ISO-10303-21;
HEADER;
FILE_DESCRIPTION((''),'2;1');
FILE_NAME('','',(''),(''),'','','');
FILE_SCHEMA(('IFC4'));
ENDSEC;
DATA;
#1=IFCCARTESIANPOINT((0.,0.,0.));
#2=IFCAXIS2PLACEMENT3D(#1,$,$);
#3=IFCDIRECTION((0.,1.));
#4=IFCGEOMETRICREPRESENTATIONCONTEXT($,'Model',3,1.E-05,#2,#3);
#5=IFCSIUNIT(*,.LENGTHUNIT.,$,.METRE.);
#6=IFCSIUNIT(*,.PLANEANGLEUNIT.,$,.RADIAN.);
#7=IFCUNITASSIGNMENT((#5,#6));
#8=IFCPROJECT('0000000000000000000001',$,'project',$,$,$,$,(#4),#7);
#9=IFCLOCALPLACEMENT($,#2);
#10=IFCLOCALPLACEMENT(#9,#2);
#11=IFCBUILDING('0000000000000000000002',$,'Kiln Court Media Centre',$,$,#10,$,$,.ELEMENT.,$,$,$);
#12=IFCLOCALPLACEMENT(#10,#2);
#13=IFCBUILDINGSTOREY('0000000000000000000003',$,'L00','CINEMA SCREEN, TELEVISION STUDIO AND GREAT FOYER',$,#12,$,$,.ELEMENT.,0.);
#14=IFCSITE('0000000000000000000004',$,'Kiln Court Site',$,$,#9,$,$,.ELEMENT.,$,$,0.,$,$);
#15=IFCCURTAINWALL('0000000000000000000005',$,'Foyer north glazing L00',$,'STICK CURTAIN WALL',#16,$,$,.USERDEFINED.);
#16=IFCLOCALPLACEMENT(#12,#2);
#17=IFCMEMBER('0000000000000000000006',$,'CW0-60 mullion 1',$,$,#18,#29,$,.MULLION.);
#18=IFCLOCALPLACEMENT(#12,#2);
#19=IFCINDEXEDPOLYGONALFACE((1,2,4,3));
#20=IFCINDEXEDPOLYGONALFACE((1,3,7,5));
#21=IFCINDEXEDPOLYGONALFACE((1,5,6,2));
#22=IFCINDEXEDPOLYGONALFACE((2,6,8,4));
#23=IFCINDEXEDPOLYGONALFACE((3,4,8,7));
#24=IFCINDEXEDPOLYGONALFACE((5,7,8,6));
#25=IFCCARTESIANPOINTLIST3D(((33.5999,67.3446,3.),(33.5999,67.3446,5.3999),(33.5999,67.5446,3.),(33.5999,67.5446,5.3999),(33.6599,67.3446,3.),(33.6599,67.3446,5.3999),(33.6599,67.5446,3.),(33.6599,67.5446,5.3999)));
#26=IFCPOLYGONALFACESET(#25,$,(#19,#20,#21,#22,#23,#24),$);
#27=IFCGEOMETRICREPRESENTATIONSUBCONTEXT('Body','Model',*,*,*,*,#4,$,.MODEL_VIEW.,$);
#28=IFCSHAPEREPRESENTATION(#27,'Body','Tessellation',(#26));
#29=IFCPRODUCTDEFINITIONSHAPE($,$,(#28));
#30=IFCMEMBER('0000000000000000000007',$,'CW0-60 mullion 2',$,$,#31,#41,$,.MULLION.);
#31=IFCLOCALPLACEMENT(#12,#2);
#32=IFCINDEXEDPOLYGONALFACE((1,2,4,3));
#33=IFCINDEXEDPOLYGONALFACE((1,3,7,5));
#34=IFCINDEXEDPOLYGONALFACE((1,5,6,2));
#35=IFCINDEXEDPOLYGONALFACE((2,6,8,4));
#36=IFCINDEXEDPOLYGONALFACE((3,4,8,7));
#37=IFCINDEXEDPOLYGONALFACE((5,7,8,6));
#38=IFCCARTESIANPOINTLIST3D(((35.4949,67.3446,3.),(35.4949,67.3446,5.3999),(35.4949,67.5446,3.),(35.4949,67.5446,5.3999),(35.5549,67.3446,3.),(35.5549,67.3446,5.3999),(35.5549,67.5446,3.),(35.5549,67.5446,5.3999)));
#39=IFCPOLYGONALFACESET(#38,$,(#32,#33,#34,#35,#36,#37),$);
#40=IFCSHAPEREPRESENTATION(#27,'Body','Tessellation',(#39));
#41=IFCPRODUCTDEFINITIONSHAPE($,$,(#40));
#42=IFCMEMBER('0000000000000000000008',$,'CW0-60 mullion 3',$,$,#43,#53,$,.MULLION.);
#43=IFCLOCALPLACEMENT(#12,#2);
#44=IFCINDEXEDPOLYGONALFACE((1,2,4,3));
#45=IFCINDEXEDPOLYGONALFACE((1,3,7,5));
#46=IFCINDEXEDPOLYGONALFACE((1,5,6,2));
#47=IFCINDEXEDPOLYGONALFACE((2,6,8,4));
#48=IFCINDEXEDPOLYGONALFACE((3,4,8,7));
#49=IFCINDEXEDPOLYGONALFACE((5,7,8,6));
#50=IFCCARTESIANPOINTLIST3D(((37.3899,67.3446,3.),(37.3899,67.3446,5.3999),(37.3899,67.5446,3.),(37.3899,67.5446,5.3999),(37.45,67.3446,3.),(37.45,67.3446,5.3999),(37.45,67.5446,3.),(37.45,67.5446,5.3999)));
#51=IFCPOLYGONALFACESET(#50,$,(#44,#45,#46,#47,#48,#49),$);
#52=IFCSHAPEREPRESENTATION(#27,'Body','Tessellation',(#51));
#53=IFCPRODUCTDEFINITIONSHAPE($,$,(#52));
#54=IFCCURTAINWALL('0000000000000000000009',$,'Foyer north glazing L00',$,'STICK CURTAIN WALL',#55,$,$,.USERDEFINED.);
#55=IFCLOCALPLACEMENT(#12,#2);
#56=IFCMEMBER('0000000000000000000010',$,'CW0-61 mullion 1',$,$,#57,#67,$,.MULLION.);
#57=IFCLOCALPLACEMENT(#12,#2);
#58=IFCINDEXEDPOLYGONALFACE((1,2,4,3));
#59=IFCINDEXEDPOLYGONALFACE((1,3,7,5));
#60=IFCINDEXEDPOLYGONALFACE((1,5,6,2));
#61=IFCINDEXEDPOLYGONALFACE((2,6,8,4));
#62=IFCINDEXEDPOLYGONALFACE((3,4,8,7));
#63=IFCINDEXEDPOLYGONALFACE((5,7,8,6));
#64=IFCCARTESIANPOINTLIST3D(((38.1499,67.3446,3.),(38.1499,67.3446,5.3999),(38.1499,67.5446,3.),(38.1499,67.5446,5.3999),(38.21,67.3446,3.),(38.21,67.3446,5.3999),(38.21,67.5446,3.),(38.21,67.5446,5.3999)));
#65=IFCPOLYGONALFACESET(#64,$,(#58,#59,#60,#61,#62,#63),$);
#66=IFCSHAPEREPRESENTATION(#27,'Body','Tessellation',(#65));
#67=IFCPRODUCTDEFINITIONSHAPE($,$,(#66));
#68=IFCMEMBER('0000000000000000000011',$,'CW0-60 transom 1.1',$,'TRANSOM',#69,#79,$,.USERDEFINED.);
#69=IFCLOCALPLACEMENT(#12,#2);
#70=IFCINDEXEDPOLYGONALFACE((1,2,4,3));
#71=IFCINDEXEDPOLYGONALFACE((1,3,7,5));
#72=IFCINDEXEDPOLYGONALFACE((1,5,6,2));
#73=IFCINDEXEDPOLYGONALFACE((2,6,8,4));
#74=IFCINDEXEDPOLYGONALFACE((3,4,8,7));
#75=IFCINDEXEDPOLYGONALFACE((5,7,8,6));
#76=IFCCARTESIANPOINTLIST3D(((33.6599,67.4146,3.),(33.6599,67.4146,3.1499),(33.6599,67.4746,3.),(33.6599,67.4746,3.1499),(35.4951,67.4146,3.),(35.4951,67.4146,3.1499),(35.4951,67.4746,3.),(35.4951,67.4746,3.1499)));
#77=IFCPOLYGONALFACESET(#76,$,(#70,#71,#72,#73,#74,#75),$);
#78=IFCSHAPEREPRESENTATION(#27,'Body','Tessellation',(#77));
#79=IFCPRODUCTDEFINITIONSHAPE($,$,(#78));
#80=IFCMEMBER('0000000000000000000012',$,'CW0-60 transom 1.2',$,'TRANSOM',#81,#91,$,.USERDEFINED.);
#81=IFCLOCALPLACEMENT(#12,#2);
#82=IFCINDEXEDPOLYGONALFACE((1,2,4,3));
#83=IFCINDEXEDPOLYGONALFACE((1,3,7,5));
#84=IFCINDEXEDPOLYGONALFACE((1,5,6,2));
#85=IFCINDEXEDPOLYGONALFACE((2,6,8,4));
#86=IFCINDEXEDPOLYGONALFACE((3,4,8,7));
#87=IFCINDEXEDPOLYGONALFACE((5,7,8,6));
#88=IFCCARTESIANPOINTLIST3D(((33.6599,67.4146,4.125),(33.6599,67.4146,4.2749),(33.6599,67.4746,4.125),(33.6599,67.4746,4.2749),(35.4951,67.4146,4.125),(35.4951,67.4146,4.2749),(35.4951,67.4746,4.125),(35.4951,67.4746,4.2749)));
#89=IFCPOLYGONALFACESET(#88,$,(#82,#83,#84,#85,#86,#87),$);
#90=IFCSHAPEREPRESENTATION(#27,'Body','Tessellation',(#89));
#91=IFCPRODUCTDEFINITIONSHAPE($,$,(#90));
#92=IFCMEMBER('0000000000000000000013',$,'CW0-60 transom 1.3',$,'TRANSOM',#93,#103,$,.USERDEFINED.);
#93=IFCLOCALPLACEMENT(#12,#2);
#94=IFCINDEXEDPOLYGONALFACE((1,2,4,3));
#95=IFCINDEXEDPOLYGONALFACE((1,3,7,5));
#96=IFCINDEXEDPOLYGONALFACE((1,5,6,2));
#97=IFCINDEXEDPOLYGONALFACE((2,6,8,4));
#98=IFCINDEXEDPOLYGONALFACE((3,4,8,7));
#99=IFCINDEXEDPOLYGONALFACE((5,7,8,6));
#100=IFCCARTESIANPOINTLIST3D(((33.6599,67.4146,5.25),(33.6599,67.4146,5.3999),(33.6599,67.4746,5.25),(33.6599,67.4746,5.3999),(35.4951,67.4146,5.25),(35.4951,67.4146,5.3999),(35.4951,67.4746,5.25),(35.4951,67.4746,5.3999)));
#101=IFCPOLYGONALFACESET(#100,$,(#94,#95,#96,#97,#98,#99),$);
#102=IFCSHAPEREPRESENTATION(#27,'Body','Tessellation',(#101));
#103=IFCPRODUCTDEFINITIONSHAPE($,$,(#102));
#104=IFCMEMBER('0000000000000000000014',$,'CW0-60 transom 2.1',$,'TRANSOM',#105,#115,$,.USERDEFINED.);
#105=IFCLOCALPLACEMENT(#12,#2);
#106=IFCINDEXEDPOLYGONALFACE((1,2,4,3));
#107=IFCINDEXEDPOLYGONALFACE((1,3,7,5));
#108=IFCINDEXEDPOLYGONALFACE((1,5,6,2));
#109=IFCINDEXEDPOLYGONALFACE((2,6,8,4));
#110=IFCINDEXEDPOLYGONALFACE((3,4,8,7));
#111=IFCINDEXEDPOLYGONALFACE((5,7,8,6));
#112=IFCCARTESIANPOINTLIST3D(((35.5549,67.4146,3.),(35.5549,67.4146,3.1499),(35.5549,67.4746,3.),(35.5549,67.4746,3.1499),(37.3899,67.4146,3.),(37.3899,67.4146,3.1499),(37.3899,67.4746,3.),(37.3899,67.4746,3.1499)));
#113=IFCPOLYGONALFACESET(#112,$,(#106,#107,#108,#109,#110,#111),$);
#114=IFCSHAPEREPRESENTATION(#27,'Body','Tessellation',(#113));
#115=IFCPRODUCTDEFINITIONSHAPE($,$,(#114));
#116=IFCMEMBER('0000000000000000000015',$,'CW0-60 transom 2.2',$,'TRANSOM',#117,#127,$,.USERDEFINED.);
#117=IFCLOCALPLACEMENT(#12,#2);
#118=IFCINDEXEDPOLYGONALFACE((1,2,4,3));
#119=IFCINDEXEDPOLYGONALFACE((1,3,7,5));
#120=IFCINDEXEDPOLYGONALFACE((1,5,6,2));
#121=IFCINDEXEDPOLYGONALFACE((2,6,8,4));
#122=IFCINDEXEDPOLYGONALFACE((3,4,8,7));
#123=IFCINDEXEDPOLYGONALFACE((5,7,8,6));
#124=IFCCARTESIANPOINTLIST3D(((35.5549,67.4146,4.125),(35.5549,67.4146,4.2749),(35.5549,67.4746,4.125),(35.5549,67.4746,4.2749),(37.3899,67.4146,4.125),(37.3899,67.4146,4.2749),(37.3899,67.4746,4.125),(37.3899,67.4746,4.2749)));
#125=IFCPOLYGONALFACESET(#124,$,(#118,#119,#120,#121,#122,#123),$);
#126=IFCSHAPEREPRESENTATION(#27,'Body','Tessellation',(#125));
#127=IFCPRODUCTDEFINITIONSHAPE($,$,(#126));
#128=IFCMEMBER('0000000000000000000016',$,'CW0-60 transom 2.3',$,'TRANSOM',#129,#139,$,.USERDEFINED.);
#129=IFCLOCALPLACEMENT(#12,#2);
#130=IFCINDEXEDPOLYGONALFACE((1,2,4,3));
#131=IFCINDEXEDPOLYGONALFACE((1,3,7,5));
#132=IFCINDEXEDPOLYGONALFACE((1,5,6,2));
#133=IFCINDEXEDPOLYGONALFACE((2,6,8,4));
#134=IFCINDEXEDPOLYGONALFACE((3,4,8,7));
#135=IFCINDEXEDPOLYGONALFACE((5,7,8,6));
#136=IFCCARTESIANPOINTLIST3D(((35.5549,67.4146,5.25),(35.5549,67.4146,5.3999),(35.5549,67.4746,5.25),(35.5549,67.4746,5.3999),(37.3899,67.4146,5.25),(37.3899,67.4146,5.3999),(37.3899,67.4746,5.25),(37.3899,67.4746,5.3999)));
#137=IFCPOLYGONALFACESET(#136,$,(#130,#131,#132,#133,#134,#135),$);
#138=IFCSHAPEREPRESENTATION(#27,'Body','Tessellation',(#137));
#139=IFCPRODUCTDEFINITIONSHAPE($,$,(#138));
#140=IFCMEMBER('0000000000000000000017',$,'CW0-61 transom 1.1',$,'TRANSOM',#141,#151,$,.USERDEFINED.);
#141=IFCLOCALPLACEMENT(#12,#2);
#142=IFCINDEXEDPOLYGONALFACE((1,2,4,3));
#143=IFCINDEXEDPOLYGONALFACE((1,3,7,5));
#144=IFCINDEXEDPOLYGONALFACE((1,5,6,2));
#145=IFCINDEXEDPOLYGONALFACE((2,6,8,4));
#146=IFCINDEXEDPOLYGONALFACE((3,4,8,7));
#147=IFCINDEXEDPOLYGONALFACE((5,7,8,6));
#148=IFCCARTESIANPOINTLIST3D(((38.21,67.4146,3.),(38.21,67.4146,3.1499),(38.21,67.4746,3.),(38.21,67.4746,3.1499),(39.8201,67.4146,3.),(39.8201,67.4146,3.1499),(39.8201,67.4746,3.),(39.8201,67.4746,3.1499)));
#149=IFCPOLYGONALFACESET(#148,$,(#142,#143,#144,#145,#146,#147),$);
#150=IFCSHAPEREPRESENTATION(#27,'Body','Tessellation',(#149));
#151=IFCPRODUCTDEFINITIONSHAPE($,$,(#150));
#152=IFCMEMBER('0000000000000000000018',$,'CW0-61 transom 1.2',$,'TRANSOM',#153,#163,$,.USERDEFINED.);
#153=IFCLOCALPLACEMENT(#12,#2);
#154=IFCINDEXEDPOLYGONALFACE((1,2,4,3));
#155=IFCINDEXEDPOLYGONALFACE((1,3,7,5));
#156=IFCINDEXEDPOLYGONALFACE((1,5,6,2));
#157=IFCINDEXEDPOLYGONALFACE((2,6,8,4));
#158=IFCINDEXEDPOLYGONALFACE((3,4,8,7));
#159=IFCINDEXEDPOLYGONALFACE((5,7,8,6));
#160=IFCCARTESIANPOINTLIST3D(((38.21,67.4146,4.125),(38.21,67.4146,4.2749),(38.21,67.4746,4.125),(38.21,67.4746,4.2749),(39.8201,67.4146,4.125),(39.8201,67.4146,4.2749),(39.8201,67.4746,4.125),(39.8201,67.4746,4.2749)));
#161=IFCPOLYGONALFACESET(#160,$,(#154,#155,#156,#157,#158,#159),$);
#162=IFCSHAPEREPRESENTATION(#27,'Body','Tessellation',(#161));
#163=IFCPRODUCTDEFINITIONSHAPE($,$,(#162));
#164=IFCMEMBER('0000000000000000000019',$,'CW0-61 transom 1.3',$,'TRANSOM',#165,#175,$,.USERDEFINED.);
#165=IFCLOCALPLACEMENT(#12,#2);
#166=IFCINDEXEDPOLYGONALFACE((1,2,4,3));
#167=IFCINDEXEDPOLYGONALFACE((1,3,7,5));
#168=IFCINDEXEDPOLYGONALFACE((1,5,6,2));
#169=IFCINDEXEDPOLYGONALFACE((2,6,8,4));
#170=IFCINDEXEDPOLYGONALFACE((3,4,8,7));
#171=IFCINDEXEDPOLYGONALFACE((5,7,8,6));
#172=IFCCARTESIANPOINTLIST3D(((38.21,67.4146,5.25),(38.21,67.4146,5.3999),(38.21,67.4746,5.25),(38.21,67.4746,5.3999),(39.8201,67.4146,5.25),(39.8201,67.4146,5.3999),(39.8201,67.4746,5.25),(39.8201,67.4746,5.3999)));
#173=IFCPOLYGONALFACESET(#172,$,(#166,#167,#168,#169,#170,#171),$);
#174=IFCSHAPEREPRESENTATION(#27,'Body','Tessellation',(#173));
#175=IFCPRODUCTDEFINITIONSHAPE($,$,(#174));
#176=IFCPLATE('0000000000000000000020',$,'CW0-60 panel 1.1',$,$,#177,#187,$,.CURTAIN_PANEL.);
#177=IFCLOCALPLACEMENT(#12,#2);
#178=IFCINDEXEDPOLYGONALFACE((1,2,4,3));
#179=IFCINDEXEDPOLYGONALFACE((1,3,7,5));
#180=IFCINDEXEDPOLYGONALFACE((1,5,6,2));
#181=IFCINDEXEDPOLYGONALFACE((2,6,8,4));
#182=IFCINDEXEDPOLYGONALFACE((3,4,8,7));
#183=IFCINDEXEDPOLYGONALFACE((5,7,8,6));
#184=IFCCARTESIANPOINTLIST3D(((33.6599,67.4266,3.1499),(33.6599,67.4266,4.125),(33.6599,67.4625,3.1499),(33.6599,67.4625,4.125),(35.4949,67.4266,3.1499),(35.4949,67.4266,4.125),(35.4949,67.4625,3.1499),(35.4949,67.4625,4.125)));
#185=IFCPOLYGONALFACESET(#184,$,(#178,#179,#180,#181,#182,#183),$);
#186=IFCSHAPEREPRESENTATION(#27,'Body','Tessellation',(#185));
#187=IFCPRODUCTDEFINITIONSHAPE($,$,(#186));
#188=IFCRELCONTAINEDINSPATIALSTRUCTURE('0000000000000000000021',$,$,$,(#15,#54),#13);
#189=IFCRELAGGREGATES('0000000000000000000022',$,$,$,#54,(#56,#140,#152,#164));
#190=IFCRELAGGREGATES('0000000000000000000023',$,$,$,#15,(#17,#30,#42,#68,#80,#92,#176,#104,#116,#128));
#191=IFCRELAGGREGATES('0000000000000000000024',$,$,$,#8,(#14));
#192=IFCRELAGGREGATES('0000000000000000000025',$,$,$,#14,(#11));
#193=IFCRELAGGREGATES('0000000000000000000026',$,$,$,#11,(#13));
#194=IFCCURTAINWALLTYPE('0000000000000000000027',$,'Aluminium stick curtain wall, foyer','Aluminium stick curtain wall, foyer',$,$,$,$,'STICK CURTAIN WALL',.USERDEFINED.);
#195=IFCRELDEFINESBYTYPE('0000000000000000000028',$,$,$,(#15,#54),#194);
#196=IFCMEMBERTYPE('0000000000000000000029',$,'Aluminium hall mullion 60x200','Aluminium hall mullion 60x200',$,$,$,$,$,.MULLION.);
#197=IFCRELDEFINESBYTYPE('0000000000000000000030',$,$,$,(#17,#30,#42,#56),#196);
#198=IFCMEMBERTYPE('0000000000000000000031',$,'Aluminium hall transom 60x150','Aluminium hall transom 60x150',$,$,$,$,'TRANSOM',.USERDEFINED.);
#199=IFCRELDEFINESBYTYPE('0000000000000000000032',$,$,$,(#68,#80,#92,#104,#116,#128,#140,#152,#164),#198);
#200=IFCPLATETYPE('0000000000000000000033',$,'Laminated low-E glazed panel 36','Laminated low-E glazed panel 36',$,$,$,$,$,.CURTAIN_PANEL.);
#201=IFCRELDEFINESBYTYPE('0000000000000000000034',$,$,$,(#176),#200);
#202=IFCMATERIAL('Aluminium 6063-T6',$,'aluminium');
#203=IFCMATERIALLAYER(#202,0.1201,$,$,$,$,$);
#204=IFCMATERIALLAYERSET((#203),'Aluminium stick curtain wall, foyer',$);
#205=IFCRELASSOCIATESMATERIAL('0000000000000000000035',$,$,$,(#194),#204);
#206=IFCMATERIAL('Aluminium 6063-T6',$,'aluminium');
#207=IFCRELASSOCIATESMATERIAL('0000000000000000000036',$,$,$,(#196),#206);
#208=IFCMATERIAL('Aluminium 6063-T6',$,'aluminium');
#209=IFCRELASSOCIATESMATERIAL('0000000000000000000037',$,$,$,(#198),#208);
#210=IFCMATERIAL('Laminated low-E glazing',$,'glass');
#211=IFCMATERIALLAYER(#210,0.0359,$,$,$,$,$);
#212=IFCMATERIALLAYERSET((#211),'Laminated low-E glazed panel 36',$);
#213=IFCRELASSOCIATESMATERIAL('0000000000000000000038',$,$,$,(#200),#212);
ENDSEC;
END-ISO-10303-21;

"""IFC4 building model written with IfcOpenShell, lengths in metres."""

from ifc_helpers import new_model, si_unit, direction, frame, origin, origin_2d, place, context, subcontext, project, spatial, rectangle, extrude, material, layer, layer_set, material_profile, profile_set, type_object, element, aggregate, save


model = new_model("IFC4")

# Units and contexts
model_context = context("Model", 3, precision=1e-05, world=origin(), true_north=direction((0.0, 1.0)))
body_context = subcontext(model_context, "Body", "Model", "MODEL_VIEW")
ifc_project = project(units=[si_unit("LENGTHUNIT", "METRE"), si_unit("PLANEANGLEUNIT", "RADIAN")], contexts=[model_context])

# Site, building, storey
site_placement = place(None, origin())
site = spatial("IfcSite", under=ifc_project, at=site_placement, Name="Kiln Court Site", CompositionType="ELEMENT", RefElevation=0.0)
building_placement = place(site_placement, origin())
building = spatial("IfcBuilding", under=site, at=building_placement, Name="Kiln Court Media Centre", CompositionType="ELEMENT")
storey_placement = place(building_placement, origin())
storey = spatial("IfcBuildingStorey", under=building, at=storey_placement, Name="L00", Description="CINEMA SCREEN, TELEVISION STUDIO AND GREAT FOYER", CompositionType="ELEMENT", Elevation=0.0)

# Curtain wall, members
ifc_material_1 = material(Name="Aluminium 6063-T6", Category="aluminium")
ifc_layer_1 = layer(ifc_material_1, 0.1201)
ifc_layer_set_1 = layer_set([ifc_layer_1], Name="Aluminium stick curtain wall, foyer")
curtain_wall_type = type_object("IfcCurtainWallType", Name="Aluminium stick curtain wall, foyer", Description="Aluminium stick curtain wall, foyer", ElementType="STICK CURTAIN WALL", PredefinedType="USERDEFINED", material=ifc_layer_set_1)
curtain_wall_1_placement = place(storey_placement, origin())
curtain_wall_1 = element("IfcCurtainWall", 1, at=curtain_wall_1_placement, inside=storey, type_object=curtain_wall_type, Name="Foyer north glazing L00", ObjectType="STICK CURTAIN WALL", PredefinedType="USERDEFINED")
ifc_material_2 = material(Name="Aluminium 6063-T6", Category="aluminium")
ifc_material_profile_1 = material_profile(ifc_material_2, rectangle(XDim=0.0601, YDim=0.2, at=origin_2d()), Name="Aluminium hall mullion 60x200")
ifc_profile_set_1 = profile_set([ifc_material_profile_1], Name="Aluminium 6063-T6")
member_type_1 = type_object("IfcMemberType", Name="Aluminium hall mullion 60x200", Description="Aluminium hall mullion 60x200", PredefinedType="MULLION", material=ifc_profile_set_1)
member_1_placement = place(storey_placement, frame((33.6299, 67.4446, 3.0), z_axis=(0.0, 0.0, 1.0), x_axis=(1.0, 0.0, 0.0)))
member_1 = element("IfcMember", 2, at=member_1_placement, type_object=member_type_1, Name="CW0-60 mullion 1", PredefinedType="MULLION", context=body_context, shape_type="SweptSolid", body=[
    extrude(rectangle(XDim=0.0601, YDim=0.2, at=origin_2d()), origin(), (0.0, 0.0, 1.0), 2.3999),
])
member_2_placement = place(storey_placement, frame((35.5249, 67.4446, 3.0), z_axis=(0.0, 0.0, 1.0), x_axis=(1.0, 0.0, 0.0)))
member_2 = element("IfcMember", 3, at=member_2_placement, type_object=member_type_1, Name="CW0-60 mullion 2", PredefinedType="MULLION", context=body_context, shape_type="SweptSolid", body=[
    extrude(rectangle(XDim=0.0601, YDim=0.2, at=origin_2d()), origin(), (0.0, 0.0, 1.0), 2.3999),
])
member_3_placement = place(storey_placement, frame((37.4199, 67.4446, 3.0), z_axis=(0.0, 0.0, 1.0), x_axis=(1.0, 0.0, 0.0)))
member_3 = element("IfcMember", 4, at=member_3_placement, type_object=member_type_1, Name="CW0-60 mullion 3", PredefinedType="MULLION", context=body_context, shape_type="SweptSolid", body=[
    extrude(rectangle(XDim=0.0601, YDim=0.2, at=origin_2d()), origin(), (0.0, 0.0, 1.0), 2.3999),
])

# Curtain wall, member
curtain_wall_2_placement = place(storey_placement, origin())
curtain_wall_2 = element("IfcCurtainWall", 5, at=curtain_wall_2_placement, inside=storey, type_object=curtain_wall_type, Name="Foyer north glazing L00", ObjectType="STICK CURTAIN WALL", PredefinedType="USERDEFINED")
member_4_placement = place(storey_placement, frame((38.1799, 67.4446, 3.0), z_axis=(0.0, 0.0, 1.0), x_axis=(1.0, 0.0, 0.0)))
member_4 = element("IfcMember", 6, at=member_4_placement, type_object=member_type_1, Name="CW0-61 mullion 1", PredefinedType="MULLION", context=body_context, shape_type="SweptSolid", body=[
    extrude(rectangle(XDim=0.0601, YDim=0.2, at=origin_2d()), origin(), (0.0, 0.0, 1.0), 2.3999),
])

# Members
ifc_material_3 = material(Name="Aluminium 6063-T6", Category="aluminium")
ifc_material_profile_2 = material_profile(ifc_material_3, rectangle(XDim=0.0601, YDim=0.1499, at=origin_2d()), Name="Aluminium hall transom 60x150")
ifc_profile_set_2 = profile_set([ifc_material_profile_2], Name="Aluminium 6063-T6")
member_type_2 = type_object("IfcMemberType", Name="Aluminium hall transom 60x150", Description="Aluminium hall transom 60x150", ElementType="TRANSOM", PredefinedType="USERDEFINED", material=ifc_profile_set_2)
member_5_placement = place(storey_placement, frame((33.6599, 67.4446, 3.075), z_axis=(1.0, 0.0, 0.0), x_axis=(0.0, 1.0, 0.0)))
member_5 = element("IfcMember", 7, at=member_5_placement, type_object=member_type_2, Name="CW0-60 transom 1.1", ObjectType="TRANSOM", PredefinedType="USERDEFINED", context=body_context, shape_type="SweptSolid", body=[
    extrude(rectangle(XDim=0.0601, YDim=0.1499, at=origin_2d()), origin(), (0.0, 0.0, 1.0), 1.8352),
])
member_6_placement = place(storey_placement, frame((33.6599, 67.4446, 4.2), z_axis=(1.0, 0.0, 0.0), x_axis=(0.0, 1.0, 0.0)))
member_6 = element("IfcMember", 8, at=member_6_placement, type_object=member_type_2, Name="CW0-60 transom 1.2", ObjectType="TRANSOM", PredefinedType="USERDEFINED", context=body_context, shape_type="SweptSolid", body=[
    extrude(rectangle(XDim=0.0601, YDim=0.1499, at=origin_2d()), origin(), (0.0, 0.0, 1.0), 1.8352),
])
member_7_placement = place(storey_placement, frame((33.6599, 67.4446, 5.325), z_axis=(1.0, 0.0, 0.0), x_axis=(0.0, 1.0, 0.0)))
member_7 = element("IfcMember", 9, at=member_7_placement, type_object=member_type_2, Name="CW0-60 transom 1.3", ObjectType="TRANSOM", PredefinedType="USERDEFINED", context=body_context, shape_type="SweptSolid", body=[
    extrude(rectangle(XDim=0.0601, YDim=0.1499, at=origin_2d()), origin(), (0.0, 0.0, 1.0), 1.8352),
])
member_8_placement = place(storey_placement, frame((35.5549, 67.4446, 3.075), z_axis=(1.0, 0.0, 0.0), x_axis=(0.0, 1.0, 0.0)))
member_8 = element("IfcMember", 10, at=member_8_placement, type_object=member_type_2, Name="CW0-60 transom 2.1", ObjectType="TRANSOM", PredefinedType="USERDEFINED", context=body_context, shape_type="SweptSolid", body=[
    extrude(rectangle(XDim=0.0601, YDim=0.1499, at=origin_2d()), origin(), (0.0, 0.0, 1.0), 1.835),
])
member_9_placement = place(storey_placement, frame((35.5549, 67.4446, 4.2), z_axis=(1.0, 0.0, 0.0), x_axis=(0.0, 1.0, 0.0)))
member_9 = element("IfcMember", 11, at=member_9_placement, type_object=member_type_2, Name="CW0-60 transom 2.2", ObjectType="TRANSOM", PredefinedType="USERDEFINED", context=body_context, shape_type="SweptSolid", body=[
    extrude(rectangle(XDim=0.0601, YDim=0.1499, at=origin_2d()), origin(), (0.0, 0.0, 1.0), 1.835),
])
member_10_placement = place(storey_placement, frame((35.5549, 67.4446, 5.325), z_axis=(1.0, 0.0, 0.0), x_axis=(0.0, 1.0, 0.0)))
member_10 = element("IfcMember", 12, at=member_10_placement, type_object=member_type_2, Name="CW0-60 transom 2.3", ObjectType="TRANSOM", PredefinedType="USERDEFINED", context=body_context, shape_type="SweptSolid", body=[
    extrude(rectangle(XDim=0.0601, YDim=0.1499, at=origin_2d()), origin(), (0.0, 0.0, 1.0), 1.835),
])
member_11_placement = place(storey_placement, frame((38.21, 67.4446, 3.075), z_axis=(1.0, 0.0, 0.0), x_axis=(0.0, 1.0, 0.0)))
member_11 = element("IfcMember", 13, at=member_11_placement, type_object=member_type_2, Name="CW0-61 transom 1.1", ObjectType="TRANSOM", PredefinedType="USERDEFINED", context=body_context, shape_type="SweptSolid", body=[
    extrude(rectangle(XDim=0.0601, YDim=0.1499, at=origin_2d()), origin(), (0.0, 0.0, 1.0), 1.6101),
])
member_12_placement = place(storey_placement, frame((38.21, 67.4446, 4.2), z_axis=(1.0, 0.0, 0.0), x_axis=(0.0, 1.0, 0.0)))
member_12 = element("IfcMember", 14, at=member_12_placement, type_object=member_type_2, Name="CW0-61 transom 1.2", ObjectType="TRANSOM", PredefinedType="USERDEFINED", context=body_context, shape_type="SweptSolid", body=[
    extrude(rectangle(XDim=0.0601, YDim=0.1499, at=origin_2d()), origin(), (0.0, 0.0, 1.0), 1.6101),
])
member_13_placement = place(storey_placement, frame((38.21, 67.4446, 5.325), z_axis=(1.0, 0.0, 0.0), x_axis=(0.0, 1.0, 0.0)))
member_13 = element("IfcMember", 15, at=member_13_placement, type_object=member_type_2, Name="CW0-61 transom 1.3", ObjectType="TRANSOM", PredefinedType="USERDEFINED", context=body_context, shape_type="SweptSolid", body=[
    extrude(rectangle(XDim=0.0601, YDim=0.1499, at=origin_2d()), origin(), (0.0, 0.0, 1.0), 1.6101),
])
aggregate(curtain_wall_2, [member_4, member_11, member_12, member_13])

# Plate
ifc_material_4 = material(Name="Laminated low-E glazing", Category="glass")
ifc_layer_2 = layer(ifc_material_4, 0.0359)
ifc_layer_set_2 = layer_set([ifc_layer_2], Name="Laminated low-E glazed panel 36")
plate_type = type_object("IfcPlateType", Name="Laminated low-E glazed panel 36", Description="Laminated low-E glazed panel 36", PredefinedType="CURTAIN_PANEL", material=ifc_layer_set_2)
plate_1_placement = place(storey_placement, frame((34.5774, 67.4446, 3.1499), z_axis=(0.0, 0.0, 1.0), x_axis=(1.0, 0.0, 0.0)))
plate_1 = element("IfcPlate", 16, at=plate_1_placement, type_object=plate_type, Name="CW0-60 panel 1.1", PredefinedType="CURTAIN_PANEL", context=body_context, shape_type="SweptSolid", body=[
    extrude(rectangle(XDim=1.835, YDim=0.0359, at=origin_2d()), origin(), (0.0, 0.0, 1.0), 0.9751),
])
aggregate(curtain_wall_1, [member_1, member_2, member_3, member_5, member_6, member_7, plate_1, member_8, member_9, member_10])

save(model, "model.ifc")
